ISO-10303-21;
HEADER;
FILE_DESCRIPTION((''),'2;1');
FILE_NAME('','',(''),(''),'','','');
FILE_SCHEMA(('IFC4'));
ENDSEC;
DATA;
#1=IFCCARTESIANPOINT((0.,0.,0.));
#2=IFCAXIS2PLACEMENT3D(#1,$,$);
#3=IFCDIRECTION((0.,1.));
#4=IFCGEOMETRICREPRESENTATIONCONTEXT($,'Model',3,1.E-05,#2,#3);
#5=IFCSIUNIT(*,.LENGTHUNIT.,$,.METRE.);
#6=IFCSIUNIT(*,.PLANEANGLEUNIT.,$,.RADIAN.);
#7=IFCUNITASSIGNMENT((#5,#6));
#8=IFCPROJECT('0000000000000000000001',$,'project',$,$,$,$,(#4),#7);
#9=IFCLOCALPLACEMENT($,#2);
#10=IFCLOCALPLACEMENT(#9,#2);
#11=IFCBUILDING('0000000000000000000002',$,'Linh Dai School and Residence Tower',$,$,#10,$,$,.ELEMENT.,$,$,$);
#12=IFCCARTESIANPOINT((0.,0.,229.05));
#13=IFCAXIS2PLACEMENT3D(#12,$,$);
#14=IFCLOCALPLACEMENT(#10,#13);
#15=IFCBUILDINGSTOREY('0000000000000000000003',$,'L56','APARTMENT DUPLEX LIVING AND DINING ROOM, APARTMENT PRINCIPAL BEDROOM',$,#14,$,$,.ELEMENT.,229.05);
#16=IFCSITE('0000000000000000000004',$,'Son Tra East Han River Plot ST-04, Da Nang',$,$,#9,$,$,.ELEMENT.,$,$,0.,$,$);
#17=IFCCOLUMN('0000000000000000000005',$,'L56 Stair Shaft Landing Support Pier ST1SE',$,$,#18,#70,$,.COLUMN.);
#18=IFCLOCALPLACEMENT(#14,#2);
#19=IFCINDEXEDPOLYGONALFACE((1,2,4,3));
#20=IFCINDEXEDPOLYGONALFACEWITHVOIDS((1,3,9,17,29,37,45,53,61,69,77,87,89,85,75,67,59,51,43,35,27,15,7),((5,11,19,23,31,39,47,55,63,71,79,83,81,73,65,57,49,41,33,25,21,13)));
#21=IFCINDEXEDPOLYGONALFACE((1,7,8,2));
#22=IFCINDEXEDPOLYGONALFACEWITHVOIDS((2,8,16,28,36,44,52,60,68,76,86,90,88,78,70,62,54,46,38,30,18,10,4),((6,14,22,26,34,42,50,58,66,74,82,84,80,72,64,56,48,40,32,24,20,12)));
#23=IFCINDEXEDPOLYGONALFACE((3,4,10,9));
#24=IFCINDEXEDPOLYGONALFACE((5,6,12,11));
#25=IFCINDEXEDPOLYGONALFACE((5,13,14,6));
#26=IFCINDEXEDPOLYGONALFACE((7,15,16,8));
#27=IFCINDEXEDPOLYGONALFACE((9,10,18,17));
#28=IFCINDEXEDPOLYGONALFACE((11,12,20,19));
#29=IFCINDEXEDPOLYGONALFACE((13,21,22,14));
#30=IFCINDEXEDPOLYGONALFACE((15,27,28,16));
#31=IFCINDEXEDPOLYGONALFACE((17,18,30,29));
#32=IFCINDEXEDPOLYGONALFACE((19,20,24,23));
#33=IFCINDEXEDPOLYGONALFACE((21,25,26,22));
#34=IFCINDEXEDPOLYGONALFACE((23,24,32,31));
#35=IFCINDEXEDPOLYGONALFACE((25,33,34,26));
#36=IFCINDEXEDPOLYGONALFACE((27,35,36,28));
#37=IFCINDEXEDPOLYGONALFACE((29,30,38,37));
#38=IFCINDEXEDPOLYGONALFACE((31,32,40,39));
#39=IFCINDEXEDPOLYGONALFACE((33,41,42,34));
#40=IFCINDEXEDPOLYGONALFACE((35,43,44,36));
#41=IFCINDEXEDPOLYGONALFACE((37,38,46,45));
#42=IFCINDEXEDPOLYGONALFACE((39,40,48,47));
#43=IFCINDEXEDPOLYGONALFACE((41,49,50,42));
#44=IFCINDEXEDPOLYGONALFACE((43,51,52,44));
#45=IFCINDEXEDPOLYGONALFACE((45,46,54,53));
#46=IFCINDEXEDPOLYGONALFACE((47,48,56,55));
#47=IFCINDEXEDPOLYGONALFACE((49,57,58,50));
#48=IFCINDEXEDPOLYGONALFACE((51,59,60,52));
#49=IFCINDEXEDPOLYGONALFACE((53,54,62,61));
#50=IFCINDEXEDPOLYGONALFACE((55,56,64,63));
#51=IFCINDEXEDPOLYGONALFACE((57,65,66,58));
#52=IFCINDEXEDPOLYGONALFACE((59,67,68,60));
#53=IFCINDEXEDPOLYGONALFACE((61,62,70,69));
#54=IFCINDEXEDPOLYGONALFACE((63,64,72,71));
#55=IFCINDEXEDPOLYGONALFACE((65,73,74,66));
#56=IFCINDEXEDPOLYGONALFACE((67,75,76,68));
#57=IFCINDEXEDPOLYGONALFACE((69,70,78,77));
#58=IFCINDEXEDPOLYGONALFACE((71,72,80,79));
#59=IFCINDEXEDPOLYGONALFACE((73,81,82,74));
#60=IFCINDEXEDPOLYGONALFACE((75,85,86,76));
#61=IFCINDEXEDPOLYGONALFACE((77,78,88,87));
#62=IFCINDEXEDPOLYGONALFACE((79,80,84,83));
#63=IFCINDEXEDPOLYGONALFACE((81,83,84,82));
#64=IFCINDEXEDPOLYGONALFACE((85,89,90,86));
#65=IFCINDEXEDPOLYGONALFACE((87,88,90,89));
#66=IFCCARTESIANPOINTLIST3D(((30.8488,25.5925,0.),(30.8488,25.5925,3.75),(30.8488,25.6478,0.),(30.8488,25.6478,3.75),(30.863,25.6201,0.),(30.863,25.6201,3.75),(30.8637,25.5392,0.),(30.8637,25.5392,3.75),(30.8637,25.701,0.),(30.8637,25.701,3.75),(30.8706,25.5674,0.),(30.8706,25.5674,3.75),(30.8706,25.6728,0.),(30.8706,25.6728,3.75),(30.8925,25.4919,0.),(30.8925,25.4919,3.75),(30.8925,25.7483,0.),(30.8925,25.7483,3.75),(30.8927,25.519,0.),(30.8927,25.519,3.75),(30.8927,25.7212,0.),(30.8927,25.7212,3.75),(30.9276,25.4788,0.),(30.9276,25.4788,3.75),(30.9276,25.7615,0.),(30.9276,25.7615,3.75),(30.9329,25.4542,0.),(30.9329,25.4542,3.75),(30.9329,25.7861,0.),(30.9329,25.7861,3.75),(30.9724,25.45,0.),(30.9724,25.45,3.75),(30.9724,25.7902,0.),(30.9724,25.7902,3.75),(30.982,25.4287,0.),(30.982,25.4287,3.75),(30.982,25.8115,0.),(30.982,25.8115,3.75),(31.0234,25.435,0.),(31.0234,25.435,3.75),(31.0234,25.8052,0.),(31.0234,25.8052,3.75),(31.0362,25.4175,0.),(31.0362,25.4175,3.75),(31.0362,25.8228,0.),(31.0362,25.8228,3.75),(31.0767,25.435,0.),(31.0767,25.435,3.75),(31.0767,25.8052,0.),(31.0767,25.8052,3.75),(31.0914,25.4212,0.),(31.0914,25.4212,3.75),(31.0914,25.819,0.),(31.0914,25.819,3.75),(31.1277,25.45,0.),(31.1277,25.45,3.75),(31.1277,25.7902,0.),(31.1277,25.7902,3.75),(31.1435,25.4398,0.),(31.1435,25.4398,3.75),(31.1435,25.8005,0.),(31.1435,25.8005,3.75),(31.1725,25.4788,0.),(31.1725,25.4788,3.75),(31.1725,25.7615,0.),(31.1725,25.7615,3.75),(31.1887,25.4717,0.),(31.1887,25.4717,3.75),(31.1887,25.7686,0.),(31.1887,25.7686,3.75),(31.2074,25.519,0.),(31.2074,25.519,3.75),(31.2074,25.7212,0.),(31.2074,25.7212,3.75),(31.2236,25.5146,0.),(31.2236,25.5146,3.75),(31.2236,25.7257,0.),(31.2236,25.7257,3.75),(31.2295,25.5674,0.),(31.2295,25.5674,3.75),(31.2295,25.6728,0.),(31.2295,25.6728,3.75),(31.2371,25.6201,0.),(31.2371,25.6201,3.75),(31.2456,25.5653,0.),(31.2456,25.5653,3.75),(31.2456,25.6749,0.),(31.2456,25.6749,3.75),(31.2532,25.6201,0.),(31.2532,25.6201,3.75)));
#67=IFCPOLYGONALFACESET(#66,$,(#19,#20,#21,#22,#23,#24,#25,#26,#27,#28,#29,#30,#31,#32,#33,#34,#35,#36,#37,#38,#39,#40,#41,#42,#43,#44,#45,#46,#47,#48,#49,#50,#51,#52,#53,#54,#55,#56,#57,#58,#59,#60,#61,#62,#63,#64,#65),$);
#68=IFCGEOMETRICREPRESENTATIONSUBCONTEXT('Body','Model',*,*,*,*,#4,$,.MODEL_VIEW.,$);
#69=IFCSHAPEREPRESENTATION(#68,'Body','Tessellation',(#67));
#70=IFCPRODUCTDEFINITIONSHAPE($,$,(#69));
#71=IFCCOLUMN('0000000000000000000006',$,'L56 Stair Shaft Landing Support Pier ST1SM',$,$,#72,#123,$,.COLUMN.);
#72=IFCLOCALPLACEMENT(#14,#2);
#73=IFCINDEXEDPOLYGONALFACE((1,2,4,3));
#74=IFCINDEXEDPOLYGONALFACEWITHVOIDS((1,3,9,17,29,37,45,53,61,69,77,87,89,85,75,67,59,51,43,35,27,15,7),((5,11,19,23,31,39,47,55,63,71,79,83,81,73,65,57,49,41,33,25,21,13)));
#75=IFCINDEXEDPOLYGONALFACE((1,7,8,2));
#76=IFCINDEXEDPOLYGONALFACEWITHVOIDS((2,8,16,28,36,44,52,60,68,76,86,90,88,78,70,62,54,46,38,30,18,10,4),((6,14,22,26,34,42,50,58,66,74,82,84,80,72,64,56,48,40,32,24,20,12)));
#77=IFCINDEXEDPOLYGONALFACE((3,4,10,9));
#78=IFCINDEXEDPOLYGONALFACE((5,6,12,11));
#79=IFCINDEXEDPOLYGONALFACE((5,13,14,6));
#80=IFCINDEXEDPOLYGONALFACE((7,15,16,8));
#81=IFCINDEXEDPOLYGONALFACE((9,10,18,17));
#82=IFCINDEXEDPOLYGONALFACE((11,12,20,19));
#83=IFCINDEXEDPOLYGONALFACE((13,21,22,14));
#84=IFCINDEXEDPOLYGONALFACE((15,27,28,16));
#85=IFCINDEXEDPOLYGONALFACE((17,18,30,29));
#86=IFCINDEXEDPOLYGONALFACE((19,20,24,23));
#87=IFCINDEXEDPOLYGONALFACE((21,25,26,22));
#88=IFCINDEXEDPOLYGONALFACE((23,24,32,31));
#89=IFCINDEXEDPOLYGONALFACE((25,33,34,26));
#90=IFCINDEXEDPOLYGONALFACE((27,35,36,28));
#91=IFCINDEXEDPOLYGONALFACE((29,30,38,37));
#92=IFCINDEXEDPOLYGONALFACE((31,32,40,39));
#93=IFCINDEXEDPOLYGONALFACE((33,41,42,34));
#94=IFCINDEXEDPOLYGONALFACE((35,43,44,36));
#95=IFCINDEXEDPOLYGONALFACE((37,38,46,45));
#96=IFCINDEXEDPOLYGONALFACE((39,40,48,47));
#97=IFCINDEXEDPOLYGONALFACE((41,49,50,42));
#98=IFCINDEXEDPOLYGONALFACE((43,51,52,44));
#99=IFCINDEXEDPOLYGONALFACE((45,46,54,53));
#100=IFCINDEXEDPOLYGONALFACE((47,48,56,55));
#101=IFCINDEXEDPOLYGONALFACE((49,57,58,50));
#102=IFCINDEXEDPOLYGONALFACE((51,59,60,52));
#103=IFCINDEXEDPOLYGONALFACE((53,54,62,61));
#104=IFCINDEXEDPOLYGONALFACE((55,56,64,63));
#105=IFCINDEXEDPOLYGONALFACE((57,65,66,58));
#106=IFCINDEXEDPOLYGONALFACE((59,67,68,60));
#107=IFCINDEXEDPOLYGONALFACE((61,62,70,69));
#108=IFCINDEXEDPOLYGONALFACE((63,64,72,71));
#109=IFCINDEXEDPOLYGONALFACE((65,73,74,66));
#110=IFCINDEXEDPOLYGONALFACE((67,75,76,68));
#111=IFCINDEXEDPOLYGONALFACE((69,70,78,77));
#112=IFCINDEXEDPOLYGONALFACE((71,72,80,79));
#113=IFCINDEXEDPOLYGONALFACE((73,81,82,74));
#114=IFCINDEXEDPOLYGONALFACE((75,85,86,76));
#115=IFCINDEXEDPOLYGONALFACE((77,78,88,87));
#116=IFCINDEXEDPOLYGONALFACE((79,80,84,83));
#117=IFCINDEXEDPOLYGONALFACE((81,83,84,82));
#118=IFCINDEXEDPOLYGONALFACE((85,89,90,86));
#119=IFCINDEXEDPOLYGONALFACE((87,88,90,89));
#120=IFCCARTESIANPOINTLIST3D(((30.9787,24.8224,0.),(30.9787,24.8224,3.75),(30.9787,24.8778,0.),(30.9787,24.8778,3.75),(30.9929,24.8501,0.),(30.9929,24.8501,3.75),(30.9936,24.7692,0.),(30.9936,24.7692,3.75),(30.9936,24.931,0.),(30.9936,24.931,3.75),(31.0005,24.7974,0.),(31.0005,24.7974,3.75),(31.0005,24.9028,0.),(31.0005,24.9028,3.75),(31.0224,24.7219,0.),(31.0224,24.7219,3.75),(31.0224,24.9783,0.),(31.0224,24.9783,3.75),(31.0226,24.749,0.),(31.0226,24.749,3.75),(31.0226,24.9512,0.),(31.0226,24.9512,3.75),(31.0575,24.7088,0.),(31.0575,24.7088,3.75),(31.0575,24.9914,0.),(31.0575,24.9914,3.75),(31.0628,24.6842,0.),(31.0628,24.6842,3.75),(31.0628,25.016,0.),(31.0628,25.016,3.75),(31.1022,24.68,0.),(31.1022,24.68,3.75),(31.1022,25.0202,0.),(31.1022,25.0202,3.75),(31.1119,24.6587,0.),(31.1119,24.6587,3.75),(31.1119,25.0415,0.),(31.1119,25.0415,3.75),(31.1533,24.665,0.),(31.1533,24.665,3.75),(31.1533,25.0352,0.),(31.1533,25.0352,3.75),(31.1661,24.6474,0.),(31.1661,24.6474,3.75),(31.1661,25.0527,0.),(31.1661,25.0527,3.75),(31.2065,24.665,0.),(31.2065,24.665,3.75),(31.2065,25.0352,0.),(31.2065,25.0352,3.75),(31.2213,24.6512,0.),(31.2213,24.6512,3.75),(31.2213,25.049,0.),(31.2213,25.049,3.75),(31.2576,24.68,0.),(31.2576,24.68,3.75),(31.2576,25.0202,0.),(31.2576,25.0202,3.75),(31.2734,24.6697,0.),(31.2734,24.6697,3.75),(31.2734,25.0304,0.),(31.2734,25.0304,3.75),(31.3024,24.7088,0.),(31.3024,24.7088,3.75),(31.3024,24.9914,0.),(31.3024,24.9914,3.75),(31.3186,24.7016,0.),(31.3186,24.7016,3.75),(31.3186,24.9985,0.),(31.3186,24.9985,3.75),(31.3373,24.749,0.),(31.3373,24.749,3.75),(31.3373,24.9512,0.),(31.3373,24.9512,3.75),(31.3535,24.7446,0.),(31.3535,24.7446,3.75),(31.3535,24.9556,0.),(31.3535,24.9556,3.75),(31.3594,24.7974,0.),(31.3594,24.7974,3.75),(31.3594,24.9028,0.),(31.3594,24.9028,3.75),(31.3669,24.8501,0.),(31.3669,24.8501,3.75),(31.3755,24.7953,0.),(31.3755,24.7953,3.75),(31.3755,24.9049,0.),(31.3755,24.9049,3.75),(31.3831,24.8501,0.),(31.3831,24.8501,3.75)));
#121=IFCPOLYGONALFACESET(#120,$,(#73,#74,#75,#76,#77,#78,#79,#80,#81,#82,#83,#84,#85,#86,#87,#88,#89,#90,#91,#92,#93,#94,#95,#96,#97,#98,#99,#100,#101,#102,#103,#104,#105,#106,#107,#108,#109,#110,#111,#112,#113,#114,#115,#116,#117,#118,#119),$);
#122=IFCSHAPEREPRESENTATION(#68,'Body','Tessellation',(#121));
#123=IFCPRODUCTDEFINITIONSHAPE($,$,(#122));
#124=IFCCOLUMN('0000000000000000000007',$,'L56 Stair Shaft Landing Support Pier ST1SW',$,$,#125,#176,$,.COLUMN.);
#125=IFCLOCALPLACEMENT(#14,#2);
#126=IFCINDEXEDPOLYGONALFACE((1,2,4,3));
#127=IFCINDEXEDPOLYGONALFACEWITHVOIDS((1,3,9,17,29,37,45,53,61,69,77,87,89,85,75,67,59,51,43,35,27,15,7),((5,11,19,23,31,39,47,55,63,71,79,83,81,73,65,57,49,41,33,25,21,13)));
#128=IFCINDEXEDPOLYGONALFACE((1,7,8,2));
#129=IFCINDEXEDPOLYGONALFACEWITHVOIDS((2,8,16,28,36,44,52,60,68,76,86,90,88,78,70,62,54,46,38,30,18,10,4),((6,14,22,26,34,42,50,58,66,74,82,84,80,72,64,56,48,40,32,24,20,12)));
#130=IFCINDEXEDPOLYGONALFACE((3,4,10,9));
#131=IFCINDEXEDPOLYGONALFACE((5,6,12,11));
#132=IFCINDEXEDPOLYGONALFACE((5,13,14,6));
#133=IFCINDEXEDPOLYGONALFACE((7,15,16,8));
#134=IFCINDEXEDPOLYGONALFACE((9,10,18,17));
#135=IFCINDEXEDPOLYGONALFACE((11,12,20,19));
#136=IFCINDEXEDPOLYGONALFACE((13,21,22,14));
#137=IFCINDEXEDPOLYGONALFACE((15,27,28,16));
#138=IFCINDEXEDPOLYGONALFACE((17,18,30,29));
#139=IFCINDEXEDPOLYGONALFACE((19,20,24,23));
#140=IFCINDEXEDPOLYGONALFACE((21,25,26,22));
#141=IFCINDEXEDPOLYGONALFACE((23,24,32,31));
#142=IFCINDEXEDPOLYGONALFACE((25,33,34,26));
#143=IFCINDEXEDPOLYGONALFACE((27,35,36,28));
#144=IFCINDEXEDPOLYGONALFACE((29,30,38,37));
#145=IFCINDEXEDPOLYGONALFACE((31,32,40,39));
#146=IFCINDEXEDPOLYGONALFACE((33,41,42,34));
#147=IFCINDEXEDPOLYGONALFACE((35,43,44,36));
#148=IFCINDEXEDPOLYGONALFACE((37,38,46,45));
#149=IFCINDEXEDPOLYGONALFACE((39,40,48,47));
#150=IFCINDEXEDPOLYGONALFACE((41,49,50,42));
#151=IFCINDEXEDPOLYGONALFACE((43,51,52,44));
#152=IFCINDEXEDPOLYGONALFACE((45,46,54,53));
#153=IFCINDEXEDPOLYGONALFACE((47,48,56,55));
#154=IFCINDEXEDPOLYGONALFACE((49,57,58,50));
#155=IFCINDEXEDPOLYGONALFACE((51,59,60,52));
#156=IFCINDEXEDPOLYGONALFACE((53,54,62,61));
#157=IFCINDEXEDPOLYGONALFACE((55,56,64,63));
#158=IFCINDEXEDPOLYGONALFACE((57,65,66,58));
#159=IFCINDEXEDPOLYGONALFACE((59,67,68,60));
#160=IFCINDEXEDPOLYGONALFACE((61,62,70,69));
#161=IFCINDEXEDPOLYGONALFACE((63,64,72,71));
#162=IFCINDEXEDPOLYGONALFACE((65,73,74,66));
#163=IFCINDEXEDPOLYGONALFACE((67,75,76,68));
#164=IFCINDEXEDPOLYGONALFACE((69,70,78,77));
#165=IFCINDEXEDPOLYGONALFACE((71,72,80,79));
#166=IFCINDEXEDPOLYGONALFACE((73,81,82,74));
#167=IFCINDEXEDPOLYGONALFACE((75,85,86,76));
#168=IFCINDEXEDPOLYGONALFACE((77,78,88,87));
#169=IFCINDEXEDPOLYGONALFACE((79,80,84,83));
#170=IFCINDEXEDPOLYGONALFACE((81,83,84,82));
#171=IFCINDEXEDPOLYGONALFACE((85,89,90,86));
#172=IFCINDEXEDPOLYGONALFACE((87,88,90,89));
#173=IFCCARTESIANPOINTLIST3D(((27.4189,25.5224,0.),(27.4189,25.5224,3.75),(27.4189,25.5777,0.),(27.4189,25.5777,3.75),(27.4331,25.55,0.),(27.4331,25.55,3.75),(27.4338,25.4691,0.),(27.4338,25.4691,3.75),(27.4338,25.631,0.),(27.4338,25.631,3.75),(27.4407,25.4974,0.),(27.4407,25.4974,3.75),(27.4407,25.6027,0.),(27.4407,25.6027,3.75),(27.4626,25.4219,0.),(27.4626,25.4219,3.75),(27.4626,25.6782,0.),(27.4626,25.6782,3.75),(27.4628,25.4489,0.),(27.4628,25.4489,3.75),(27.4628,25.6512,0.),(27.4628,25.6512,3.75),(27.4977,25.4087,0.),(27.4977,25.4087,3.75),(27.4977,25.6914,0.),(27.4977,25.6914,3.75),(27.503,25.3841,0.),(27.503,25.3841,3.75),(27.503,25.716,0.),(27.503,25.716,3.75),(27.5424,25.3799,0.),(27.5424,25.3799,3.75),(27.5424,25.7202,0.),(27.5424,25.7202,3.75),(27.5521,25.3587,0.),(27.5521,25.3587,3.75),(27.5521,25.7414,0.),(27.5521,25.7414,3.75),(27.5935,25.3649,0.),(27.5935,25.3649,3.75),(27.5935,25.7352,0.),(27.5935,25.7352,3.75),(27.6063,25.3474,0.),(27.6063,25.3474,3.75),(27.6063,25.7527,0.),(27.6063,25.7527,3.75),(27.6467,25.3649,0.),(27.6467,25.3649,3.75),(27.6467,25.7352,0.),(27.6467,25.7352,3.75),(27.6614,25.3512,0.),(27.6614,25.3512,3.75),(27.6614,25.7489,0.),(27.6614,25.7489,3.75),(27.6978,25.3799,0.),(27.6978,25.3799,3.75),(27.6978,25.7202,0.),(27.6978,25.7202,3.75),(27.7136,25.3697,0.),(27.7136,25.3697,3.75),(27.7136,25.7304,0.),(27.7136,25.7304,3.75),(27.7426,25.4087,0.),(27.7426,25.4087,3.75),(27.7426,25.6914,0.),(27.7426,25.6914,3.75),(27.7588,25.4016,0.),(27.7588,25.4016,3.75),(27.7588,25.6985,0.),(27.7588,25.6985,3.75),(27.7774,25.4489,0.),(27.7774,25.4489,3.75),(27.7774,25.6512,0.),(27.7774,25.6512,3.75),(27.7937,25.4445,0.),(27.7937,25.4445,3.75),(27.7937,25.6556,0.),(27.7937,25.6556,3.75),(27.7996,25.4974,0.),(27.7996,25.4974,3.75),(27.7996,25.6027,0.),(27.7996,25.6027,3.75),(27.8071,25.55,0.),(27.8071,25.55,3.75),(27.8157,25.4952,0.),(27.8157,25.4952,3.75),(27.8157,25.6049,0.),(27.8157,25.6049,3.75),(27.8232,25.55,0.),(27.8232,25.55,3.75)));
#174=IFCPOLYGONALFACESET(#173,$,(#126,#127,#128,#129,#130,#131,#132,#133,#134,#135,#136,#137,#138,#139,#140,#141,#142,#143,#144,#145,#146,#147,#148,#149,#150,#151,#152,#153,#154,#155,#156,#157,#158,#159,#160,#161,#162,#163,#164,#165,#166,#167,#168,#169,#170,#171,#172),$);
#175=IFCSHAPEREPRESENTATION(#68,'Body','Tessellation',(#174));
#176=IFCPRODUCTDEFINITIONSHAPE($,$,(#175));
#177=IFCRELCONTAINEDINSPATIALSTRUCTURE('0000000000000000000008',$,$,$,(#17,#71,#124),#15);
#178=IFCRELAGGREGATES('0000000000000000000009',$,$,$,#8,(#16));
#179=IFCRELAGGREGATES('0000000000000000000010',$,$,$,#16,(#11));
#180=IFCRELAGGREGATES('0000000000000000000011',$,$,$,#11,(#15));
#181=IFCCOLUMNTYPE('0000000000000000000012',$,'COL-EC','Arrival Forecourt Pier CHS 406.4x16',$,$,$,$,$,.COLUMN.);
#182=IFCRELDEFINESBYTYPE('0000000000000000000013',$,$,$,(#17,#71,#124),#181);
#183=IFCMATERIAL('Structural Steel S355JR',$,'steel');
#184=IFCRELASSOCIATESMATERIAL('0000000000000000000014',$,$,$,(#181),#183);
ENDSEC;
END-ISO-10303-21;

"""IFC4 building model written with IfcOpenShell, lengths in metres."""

from ifc_helpers import new_model, si_unit, direction, frame, origin, origin_2d, place, context, subcontext, project, spatial, hollow_circle, extrude, material, material_profile, profile_set, type_object, element, save


model = new_model("IFC4")

# Units and contexts
model_context = context("Model", 3, precision=1e-05, world=origin(), true_north=direction((0.0, 1.0)))
body_context = subcontext(model_context, "Body", "Model", "MODEL_VIEW")
ifc_project = project(units=[si_unit("LENGTHUNIT", "METRE"), si_unit("PLANEANGLEUNIT", "RADIAN")], contexts=[model_context])

# Site, building, storey
site_placement = place(None, origin())
site = spatial("IfcSite", under=ifc_project, at=site_placement, Name="Son Tra East Han River Plot ST-04, Da Nang", CompositionType="ELEMENT", RefElevation=0.0)
building_placement = place(site_placement, origin())
building = spatial("IfcBuilding", under=site, at=building_placement, Name="Linh Dai School and Residence Tower", CompositionType="ELEMENT")
storey_placement = place(building_placement, frame((0.0, 0.0, 229.05)))
storey = spatial("IfcBuildingStorey", under=building, at=storey_placement, Name="L56", Description="APARTMENT DUPLEX LIVING AND DINING ROOM, APARTMENT PRINCIPAL BEDROOM", CompositionType="ELEMENT", Elevation=229.05)

# Columns
ifc_material_1 = material(Name="Structural Steel S355JR", Category="steel")
ifc_material_profile_1 = material_profile(ifc_material_1, hollow_circle(Radius=0.2031, WallThickness=0.0161, at=origin_2d()), Name="CHS 406.4x16")
ifc_profile_set_1 = profile_set([ifc_material_profile_1], Name="Structural Steel S355JR")
column_type_1 = type_object("IfcColumnType", Name="COL-EC", Description="Arrival Forecourt Pier CHS 406.4x16", PredefinedType="COLUMN", material=ifc_profile_set_1)
for number, where, z_axis, x_axis, name in (
    (1, (31.05, 25.6201, 0.0), (0.0, 0.0, 1.0), (1.0, 0.0, 0.0), "L56 Stair Shaft Landing Support Pier ST1SE"),
    (2, (31.1799, 24.8501, 0.0), (0.0, 0.0, 1.0), (1.0, 0.0, 0.0), "L56 Stair Shaft Landing Support Pier ST1SM"),
    (3, (27.6201, 25.55, 0.0), (0.0, 0.0, 1.0), (1.0, 0.0, 0.0), "L56 Stair Shaft Landing Support Pier ST1SW"),
):
    element("IfcColumn", number, at=place(storey_placement, frame(where, z_axis=z_axis, x_axis=x_axis)), inside=storey, type_object=column_type_1, Name=name, PredefinedType="COLUMN", context=body_context, shape_type="SweptSolid", body=[
        extrude(hollow_circle(Radius=0.2031, WallThickness=0.0161, at=origin_2d()), origin(), (0.0, 0.0, 1.0), 3.75),
    ])

save(model, "model.ifc")
